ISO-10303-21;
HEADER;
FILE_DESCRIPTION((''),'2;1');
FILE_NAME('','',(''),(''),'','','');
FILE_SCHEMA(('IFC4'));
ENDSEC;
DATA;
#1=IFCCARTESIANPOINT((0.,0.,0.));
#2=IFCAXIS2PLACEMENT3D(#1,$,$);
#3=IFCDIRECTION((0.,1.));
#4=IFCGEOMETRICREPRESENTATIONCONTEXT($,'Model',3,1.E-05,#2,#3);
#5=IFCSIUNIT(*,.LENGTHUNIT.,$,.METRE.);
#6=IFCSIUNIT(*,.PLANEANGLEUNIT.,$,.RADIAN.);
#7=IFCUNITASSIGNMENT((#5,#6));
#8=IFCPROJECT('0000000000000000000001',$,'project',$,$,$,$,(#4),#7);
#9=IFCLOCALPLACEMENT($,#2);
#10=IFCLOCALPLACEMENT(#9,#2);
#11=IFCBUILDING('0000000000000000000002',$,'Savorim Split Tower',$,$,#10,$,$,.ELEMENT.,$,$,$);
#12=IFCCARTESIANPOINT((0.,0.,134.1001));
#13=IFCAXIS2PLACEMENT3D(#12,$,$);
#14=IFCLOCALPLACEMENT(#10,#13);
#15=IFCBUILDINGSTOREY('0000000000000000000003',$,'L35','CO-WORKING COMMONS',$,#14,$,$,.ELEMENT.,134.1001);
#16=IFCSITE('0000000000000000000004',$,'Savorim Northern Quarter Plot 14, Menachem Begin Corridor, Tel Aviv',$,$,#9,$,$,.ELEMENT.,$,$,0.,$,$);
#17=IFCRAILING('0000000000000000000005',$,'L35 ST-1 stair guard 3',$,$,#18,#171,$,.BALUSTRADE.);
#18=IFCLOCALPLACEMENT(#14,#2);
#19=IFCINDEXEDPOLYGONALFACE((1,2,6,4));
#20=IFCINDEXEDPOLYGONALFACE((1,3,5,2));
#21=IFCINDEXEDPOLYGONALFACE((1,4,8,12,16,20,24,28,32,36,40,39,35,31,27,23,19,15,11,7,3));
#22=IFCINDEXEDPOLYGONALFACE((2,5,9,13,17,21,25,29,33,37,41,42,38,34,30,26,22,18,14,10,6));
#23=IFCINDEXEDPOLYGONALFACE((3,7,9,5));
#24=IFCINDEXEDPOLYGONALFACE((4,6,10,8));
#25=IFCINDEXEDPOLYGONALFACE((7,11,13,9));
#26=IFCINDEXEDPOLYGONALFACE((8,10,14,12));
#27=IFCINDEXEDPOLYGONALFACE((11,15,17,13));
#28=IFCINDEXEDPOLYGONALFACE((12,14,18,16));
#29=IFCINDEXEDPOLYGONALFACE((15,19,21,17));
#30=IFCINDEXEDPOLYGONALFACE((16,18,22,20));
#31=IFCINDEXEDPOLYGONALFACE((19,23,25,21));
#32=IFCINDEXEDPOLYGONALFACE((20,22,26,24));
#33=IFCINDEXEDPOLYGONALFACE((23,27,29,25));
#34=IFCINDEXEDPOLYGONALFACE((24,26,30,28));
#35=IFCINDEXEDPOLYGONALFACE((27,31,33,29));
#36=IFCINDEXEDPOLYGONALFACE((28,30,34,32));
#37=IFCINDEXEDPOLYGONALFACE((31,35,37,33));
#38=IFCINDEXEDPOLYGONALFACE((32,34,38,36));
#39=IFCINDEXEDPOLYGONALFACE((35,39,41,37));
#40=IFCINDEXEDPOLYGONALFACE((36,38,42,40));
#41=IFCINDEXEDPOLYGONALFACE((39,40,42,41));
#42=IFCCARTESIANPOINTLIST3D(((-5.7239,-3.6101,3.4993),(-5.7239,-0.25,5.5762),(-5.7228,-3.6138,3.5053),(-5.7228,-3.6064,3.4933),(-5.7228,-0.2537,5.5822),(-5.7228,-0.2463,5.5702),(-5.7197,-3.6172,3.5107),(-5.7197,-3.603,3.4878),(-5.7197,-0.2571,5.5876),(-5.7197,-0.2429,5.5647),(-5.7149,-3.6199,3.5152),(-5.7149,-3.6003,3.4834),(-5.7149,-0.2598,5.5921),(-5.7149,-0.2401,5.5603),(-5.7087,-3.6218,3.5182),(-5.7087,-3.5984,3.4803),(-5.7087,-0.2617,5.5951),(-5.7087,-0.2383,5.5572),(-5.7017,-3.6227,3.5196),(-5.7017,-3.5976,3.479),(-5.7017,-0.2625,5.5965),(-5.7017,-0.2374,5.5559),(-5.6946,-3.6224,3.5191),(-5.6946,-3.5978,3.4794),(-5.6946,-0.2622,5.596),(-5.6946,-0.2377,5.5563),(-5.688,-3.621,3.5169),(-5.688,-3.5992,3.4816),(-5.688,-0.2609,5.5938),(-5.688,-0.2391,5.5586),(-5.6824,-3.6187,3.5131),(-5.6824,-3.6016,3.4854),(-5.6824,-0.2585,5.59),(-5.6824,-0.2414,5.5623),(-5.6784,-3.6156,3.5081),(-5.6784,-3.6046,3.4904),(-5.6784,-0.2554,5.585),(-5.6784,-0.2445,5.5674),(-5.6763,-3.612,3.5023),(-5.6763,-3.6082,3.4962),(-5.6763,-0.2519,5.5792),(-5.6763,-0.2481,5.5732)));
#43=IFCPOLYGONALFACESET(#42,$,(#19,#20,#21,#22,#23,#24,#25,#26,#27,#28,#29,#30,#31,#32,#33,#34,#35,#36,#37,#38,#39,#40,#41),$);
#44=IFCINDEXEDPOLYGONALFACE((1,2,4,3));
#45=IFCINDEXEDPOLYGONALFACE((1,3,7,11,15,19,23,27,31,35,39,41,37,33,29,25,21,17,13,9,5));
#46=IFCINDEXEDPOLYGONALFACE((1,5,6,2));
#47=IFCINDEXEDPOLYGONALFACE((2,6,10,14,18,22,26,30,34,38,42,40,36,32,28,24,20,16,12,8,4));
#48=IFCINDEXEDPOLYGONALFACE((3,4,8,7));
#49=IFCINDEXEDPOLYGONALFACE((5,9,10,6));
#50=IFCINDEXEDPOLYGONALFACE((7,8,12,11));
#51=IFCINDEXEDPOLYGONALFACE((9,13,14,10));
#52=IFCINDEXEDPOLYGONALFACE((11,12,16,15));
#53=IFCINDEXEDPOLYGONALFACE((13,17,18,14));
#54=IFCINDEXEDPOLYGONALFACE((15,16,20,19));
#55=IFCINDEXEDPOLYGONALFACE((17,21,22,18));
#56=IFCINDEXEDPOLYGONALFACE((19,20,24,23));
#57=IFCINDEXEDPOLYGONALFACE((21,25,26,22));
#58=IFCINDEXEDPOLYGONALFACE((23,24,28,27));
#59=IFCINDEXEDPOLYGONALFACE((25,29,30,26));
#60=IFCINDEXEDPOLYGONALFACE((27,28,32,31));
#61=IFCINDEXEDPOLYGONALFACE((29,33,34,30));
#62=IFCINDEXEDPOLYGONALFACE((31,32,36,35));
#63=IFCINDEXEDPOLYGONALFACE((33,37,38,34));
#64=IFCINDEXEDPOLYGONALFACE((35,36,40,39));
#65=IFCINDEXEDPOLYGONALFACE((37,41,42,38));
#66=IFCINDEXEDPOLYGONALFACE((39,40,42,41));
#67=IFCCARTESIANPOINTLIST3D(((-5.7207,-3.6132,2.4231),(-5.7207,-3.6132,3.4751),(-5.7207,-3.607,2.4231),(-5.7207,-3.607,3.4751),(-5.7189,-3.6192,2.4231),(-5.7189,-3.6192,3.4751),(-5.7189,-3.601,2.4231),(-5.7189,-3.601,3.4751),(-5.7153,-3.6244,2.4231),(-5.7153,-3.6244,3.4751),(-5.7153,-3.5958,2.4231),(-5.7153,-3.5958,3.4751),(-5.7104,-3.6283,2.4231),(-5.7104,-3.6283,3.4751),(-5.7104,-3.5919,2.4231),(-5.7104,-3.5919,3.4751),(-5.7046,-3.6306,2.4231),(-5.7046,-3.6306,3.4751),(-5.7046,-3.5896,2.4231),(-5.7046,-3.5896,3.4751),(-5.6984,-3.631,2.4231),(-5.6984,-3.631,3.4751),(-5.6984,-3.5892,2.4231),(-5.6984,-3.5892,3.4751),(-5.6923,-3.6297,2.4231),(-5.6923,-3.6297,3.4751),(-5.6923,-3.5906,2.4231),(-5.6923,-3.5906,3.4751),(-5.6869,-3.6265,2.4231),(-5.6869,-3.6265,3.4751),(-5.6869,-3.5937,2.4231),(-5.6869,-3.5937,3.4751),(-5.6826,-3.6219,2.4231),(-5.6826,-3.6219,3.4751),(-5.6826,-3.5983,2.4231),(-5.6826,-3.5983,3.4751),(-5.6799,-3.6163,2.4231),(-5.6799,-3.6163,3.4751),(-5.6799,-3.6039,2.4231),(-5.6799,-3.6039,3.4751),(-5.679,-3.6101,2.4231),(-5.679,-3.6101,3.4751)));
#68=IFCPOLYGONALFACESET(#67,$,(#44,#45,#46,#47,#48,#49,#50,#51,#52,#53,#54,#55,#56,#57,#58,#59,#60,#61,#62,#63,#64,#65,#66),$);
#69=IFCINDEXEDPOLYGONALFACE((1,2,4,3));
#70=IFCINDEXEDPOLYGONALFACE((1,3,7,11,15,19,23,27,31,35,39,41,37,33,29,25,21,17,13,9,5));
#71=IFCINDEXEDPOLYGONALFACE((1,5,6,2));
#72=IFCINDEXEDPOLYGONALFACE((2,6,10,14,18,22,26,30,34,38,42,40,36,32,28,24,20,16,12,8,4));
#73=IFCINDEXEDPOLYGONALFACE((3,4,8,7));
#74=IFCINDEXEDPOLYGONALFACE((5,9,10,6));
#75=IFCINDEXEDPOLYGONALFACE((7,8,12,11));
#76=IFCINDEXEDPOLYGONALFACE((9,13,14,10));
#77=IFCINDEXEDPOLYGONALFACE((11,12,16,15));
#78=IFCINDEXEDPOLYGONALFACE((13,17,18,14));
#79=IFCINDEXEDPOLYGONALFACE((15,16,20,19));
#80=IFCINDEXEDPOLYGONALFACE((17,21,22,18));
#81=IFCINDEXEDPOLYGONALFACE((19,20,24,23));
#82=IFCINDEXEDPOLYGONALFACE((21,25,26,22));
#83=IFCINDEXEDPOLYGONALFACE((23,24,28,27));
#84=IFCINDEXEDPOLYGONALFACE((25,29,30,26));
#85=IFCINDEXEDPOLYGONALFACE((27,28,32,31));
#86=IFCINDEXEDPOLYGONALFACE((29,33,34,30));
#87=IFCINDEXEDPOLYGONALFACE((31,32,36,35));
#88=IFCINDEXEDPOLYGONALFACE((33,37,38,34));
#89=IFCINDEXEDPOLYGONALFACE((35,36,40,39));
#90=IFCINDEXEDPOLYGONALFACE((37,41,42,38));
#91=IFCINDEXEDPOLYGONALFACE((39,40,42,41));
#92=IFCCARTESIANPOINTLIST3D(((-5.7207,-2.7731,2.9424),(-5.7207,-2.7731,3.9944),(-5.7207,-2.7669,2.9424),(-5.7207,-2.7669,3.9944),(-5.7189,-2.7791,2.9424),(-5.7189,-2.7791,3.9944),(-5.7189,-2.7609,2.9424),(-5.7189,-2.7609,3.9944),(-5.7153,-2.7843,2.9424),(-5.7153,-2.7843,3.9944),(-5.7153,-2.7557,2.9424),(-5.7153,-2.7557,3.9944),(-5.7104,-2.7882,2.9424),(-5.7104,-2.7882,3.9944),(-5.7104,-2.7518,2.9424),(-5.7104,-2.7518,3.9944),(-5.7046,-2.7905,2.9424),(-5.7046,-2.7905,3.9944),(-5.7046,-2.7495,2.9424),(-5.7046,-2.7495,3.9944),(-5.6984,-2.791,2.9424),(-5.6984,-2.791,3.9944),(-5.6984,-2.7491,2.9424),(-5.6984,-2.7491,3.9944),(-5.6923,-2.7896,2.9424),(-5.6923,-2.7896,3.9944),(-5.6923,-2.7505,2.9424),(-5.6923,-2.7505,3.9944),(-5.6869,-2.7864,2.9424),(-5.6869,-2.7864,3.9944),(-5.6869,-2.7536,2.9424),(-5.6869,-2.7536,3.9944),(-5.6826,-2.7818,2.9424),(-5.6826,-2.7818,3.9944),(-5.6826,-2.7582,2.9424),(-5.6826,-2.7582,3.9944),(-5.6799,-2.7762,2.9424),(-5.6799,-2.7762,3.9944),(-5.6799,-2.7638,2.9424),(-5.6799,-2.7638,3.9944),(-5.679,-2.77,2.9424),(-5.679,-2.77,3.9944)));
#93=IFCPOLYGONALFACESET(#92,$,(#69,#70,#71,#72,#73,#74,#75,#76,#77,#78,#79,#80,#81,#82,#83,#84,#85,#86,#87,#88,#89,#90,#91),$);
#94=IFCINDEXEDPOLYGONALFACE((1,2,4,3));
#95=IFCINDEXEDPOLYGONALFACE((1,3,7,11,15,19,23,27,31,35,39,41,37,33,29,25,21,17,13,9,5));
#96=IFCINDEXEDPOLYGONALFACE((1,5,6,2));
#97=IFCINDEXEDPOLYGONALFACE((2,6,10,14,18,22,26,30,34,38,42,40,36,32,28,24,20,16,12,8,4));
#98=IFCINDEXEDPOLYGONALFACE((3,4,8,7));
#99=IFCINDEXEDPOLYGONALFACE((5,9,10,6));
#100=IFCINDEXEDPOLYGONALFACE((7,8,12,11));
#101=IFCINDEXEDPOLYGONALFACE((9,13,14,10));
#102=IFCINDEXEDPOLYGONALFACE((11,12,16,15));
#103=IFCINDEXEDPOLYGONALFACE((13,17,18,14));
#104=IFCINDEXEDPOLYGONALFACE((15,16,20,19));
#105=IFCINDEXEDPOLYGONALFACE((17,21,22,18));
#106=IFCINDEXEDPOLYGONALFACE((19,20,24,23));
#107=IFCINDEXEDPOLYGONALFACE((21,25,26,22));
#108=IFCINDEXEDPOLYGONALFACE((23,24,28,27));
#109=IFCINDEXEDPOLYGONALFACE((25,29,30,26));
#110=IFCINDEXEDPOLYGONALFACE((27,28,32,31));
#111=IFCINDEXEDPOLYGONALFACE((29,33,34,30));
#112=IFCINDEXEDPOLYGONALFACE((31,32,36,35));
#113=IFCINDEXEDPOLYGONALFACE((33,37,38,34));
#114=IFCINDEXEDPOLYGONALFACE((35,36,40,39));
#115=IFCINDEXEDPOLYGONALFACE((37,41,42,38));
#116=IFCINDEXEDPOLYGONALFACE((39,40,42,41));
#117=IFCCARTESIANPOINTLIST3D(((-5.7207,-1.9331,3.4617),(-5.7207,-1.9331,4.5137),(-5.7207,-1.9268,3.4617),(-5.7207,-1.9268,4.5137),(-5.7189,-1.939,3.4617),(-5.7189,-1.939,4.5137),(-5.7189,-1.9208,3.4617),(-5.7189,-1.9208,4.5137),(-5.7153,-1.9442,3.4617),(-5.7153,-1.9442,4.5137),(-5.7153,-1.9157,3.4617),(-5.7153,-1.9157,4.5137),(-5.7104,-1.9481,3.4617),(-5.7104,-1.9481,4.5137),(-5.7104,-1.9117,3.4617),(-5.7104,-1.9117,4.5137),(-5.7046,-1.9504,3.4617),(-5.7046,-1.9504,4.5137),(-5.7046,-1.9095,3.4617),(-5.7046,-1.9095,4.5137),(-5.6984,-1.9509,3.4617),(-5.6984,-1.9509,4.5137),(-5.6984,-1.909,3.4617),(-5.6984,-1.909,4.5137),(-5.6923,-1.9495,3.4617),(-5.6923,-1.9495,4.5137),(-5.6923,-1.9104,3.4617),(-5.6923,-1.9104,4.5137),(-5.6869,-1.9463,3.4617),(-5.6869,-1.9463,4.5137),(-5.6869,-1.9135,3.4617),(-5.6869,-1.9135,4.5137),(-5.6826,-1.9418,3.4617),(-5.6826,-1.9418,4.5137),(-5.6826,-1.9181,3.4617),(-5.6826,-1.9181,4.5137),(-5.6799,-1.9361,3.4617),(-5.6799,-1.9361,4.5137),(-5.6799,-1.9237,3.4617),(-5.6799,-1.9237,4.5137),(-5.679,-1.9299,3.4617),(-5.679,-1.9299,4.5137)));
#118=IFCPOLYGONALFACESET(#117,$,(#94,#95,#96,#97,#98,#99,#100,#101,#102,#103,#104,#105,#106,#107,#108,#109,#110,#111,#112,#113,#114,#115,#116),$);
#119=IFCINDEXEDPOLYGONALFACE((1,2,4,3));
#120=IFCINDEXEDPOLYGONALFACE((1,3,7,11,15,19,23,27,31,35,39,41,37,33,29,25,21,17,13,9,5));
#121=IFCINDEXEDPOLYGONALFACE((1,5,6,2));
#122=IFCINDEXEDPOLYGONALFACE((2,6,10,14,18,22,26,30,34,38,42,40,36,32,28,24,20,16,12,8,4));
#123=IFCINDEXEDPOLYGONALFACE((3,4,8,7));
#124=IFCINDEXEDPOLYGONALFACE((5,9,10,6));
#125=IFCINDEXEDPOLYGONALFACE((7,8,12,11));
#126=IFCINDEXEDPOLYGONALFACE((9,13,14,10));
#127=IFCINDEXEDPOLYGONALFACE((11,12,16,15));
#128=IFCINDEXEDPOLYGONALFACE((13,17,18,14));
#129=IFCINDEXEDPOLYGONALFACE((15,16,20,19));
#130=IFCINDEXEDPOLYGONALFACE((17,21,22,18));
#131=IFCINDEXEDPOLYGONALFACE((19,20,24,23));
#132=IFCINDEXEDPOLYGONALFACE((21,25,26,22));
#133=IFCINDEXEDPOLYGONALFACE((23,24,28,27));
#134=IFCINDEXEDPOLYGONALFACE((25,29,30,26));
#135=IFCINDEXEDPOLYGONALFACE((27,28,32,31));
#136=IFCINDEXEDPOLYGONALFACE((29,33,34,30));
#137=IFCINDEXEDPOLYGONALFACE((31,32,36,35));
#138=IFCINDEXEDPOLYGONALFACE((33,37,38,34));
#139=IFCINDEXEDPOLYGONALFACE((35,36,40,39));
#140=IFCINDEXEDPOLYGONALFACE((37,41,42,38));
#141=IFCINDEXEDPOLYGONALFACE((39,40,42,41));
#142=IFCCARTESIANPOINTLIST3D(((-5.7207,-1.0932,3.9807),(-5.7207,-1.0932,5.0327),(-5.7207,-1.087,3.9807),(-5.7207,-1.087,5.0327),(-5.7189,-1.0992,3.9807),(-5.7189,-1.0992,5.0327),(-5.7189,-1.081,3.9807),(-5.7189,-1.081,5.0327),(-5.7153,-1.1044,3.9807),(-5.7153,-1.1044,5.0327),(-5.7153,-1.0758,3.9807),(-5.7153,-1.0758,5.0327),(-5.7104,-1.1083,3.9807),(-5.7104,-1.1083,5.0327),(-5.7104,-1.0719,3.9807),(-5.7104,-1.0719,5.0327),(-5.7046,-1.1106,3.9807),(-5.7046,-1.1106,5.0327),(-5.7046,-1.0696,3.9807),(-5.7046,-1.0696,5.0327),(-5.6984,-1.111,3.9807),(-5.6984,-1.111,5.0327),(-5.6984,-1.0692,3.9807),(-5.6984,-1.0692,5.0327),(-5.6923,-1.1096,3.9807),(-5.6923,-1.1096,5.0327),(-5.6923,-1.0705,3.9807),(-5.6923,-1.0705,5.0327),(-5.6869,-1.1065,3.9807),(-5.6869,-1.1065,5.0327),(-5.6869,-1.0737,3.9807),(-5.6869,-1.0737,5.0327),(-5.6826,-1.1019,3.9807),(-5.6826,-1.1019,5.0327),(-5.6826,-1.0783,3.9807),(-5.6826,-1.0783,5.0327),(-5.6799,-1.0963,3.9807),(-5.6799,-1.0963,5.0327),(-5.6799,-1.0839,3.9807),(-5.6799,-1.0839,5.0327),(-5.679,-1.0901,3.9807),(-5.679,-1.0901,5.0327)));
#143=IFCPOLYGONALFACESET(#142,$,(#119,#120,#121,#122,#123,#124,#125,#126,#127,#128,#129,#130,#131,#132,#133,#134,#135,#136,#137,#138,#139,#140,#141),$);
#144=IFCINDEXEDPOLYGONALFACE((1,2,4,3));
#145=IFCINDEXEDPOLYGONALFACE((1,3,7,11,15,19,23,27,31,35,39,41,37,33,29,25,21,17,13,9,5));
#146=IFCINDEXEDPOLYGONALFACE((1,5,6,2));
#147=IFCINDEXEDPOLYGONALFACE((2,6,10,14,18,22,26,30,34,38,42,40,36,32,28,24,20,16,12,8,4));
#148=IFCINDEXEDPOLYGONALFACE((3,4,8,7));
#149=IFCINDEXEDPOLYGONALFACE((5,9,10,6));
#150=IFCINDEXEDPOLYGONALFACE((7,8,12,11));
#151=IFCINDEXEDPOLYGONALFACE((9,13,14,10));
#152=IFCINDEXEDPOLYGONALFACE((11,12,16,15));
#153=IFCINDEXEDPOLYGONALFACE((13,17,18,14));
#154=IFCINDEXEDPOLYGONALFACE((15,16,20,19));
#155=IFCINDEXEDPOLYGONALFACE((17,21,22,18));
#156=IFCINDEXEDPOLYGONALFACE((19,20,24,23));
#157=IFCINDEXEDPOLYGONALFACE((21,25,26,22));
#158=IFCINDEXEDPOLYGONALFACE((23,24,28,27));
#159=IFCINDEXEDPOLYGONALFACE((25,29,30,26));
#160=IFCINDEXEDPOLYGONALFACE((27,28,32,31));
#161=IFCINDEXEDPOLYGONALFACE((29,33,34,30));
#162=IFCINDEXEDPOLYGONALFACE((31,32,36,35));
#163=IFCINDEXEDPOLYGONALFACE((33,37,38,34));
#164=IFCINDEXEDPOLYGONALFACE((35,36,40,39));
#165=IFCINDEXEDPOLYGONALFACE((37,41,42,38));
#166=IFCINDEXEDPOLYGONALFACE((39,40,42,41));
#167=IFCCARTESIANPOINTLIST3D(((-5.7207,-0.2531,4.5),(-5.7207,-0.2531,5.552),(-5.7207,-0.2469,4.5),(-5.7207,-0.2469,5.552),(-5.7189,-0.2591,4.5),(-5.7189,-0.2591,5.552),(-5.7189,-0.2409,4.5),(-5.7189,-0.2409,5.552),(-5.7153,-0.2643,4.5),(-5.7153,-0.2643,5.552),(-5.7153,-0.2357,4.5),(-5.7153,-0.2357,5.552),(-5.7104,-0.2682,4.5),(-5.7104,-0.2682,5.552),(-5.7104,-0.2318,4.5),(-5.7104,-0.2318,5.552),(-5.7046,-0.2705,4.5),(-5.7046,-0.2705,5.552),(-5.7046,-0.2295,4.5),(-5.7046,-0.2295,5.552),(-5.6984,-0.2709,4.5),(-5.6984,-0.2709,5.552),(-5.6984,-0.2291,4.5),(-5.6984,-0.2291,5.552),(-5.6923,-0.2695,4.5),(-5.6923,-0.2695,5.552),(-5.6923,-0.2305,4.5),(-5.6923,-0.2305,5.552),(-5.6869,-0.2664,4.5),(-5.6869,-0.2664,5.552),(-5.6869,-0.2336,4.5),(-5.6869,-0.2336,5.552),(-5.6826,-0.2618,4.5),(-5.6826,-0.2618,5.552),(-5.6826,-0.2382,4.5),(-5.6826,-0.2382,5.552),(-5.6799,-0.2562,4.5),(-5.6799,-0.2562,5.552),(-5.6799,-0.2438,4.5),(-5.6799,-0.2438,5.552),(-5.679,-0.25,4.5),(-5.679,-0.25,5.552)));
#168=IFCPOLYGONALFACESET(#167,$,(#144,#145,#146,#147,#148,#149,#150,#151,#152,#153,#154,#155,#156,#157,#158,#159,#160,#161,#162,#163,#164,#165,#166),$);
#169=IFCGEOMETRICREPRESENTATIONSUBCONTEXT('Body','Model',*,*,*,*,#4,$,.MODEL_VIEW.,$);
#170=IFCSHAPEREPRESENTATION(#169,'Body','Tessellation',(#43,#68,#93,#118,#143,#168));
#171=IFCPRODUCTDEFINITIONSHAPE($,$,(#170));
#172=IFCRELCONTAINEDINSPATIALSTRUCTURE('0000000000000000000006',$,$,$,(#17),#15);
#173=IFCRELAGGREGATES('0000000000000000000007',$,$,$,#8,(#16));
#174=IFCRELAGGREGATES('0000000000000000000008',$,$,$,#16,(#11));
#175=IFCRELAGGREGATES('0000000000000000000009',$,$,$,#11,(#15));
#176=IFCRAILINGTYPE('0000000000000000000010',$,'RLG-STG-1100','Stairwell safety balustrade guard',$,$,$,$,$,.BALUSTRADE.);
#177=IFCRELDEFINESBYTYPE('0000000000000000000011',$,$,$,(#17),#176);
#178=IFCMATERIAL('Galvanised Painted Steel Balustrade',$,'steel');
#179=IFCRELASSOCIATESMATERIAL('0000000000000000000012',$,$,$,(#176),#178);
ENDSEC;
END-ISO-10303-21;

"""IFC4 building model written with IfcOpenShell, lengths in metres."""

from ifc_helpers import new_model, si_unit, direction, frame, origin, origin_2d, place, context, subcontext, project, spatial, circle, extrude, material, type_object, element, save


model = new_model("IFC4")

# Units and contexts
model_context = context("Model", 3, precision=1e-05, world=origin(), true_north=direction((0.0, 1.0)))
body_context = subcontext(model_context, "Body", "Model", "MODEL_VIEW")
ifc_project = project(units=[si_unit("LENGTHUNIT", "METRE"), si_unit("PLANEANGLEUNIT", "RADIAN")], contexts=[model_context])

# Site, building, storey
site_placement = place(None, origin())
site = spatial("IfcSite", under=ifc_project, at=site_placement, Name="Savorim Northern Quarter Plot 14, Menachem Begin Corridor, Tel Aviv", CompositionType="ELEMENT", RefElevation=0.0)
building_placement = place(site_placement, origin())
building = spatial("IfcBuilding", under=site, at=building_placement, Name="Savorim Split Tower", CompositionType="ELEMENT")
storey_placement = place(building_placement, frame((0.0, 0.0, 134.1001)))
storey = spatial("IfcBuildingStorey", under=building, at=storey_placement, Name="L35", Description="CO-WORKING COMMONS", CompositionType="ELEMENT", Elevation=134.1001)

# Railing
ifc_material_1 = material(Name="Galvanised Painted Steel Balustrade", Category="steel")
railing_type_1 = type_object("IfcRailingType", Name="RLG-STG-1100", Description="Stairwell safety balustrade guard", PredefinedType="BALUSTRADE", material=ifc_material_1)
railing_1_placement = place(storey_placement, frame((-5.7, -3.6101, 2.4231)))
element("IfcRailing", 1, at=railing_1_placement, inside=storey, type_object=railing_type_1, Name="L35 ST-1 stair guard 3", PredefinedType="BALUSTRADE", context=body_context, shape_type="SweptSolid", body=[
    extrude(circle(Radius=0.0239, at=origin_2d()), frame((0.0, 0.0, 1.0762), z_axis=(0.0, 0.850623, 0.525776), x_axis=(-1.0, 0.0, 0.0)), (0.0, 0.0, 1.0), 3.9502),
    extrude(circle(Radius=0.021, at=origin_2d()), origin(), (0.0, 0.0, 1.0), 1.052),
    extrude(circle(Radius=0.021, at=origin_2d()), frame((0.0, 0.8401, 0.5193)), (0.0, 0.0, 1.0), 1.052),
    extrude(circle(Radius=0.021, at=origin_2d()), frame((0.0, 1.6802, 1.0386)), (0.0, 0.0, 1.0), 1.052),
    extrude(circle(Radius=0.021, at=origin_2d()), frame((0.0, 2.52, 1.5576)), (0.0, 0.0, 1.0), 1.052),
    extrude(circle(Radius=0.021, at=origin_2d()), frame((0.0, 3.3601, 2.0769)), (0.0, 0.0, 1.0), 1.052),
])

save(model, "model.ifc")
